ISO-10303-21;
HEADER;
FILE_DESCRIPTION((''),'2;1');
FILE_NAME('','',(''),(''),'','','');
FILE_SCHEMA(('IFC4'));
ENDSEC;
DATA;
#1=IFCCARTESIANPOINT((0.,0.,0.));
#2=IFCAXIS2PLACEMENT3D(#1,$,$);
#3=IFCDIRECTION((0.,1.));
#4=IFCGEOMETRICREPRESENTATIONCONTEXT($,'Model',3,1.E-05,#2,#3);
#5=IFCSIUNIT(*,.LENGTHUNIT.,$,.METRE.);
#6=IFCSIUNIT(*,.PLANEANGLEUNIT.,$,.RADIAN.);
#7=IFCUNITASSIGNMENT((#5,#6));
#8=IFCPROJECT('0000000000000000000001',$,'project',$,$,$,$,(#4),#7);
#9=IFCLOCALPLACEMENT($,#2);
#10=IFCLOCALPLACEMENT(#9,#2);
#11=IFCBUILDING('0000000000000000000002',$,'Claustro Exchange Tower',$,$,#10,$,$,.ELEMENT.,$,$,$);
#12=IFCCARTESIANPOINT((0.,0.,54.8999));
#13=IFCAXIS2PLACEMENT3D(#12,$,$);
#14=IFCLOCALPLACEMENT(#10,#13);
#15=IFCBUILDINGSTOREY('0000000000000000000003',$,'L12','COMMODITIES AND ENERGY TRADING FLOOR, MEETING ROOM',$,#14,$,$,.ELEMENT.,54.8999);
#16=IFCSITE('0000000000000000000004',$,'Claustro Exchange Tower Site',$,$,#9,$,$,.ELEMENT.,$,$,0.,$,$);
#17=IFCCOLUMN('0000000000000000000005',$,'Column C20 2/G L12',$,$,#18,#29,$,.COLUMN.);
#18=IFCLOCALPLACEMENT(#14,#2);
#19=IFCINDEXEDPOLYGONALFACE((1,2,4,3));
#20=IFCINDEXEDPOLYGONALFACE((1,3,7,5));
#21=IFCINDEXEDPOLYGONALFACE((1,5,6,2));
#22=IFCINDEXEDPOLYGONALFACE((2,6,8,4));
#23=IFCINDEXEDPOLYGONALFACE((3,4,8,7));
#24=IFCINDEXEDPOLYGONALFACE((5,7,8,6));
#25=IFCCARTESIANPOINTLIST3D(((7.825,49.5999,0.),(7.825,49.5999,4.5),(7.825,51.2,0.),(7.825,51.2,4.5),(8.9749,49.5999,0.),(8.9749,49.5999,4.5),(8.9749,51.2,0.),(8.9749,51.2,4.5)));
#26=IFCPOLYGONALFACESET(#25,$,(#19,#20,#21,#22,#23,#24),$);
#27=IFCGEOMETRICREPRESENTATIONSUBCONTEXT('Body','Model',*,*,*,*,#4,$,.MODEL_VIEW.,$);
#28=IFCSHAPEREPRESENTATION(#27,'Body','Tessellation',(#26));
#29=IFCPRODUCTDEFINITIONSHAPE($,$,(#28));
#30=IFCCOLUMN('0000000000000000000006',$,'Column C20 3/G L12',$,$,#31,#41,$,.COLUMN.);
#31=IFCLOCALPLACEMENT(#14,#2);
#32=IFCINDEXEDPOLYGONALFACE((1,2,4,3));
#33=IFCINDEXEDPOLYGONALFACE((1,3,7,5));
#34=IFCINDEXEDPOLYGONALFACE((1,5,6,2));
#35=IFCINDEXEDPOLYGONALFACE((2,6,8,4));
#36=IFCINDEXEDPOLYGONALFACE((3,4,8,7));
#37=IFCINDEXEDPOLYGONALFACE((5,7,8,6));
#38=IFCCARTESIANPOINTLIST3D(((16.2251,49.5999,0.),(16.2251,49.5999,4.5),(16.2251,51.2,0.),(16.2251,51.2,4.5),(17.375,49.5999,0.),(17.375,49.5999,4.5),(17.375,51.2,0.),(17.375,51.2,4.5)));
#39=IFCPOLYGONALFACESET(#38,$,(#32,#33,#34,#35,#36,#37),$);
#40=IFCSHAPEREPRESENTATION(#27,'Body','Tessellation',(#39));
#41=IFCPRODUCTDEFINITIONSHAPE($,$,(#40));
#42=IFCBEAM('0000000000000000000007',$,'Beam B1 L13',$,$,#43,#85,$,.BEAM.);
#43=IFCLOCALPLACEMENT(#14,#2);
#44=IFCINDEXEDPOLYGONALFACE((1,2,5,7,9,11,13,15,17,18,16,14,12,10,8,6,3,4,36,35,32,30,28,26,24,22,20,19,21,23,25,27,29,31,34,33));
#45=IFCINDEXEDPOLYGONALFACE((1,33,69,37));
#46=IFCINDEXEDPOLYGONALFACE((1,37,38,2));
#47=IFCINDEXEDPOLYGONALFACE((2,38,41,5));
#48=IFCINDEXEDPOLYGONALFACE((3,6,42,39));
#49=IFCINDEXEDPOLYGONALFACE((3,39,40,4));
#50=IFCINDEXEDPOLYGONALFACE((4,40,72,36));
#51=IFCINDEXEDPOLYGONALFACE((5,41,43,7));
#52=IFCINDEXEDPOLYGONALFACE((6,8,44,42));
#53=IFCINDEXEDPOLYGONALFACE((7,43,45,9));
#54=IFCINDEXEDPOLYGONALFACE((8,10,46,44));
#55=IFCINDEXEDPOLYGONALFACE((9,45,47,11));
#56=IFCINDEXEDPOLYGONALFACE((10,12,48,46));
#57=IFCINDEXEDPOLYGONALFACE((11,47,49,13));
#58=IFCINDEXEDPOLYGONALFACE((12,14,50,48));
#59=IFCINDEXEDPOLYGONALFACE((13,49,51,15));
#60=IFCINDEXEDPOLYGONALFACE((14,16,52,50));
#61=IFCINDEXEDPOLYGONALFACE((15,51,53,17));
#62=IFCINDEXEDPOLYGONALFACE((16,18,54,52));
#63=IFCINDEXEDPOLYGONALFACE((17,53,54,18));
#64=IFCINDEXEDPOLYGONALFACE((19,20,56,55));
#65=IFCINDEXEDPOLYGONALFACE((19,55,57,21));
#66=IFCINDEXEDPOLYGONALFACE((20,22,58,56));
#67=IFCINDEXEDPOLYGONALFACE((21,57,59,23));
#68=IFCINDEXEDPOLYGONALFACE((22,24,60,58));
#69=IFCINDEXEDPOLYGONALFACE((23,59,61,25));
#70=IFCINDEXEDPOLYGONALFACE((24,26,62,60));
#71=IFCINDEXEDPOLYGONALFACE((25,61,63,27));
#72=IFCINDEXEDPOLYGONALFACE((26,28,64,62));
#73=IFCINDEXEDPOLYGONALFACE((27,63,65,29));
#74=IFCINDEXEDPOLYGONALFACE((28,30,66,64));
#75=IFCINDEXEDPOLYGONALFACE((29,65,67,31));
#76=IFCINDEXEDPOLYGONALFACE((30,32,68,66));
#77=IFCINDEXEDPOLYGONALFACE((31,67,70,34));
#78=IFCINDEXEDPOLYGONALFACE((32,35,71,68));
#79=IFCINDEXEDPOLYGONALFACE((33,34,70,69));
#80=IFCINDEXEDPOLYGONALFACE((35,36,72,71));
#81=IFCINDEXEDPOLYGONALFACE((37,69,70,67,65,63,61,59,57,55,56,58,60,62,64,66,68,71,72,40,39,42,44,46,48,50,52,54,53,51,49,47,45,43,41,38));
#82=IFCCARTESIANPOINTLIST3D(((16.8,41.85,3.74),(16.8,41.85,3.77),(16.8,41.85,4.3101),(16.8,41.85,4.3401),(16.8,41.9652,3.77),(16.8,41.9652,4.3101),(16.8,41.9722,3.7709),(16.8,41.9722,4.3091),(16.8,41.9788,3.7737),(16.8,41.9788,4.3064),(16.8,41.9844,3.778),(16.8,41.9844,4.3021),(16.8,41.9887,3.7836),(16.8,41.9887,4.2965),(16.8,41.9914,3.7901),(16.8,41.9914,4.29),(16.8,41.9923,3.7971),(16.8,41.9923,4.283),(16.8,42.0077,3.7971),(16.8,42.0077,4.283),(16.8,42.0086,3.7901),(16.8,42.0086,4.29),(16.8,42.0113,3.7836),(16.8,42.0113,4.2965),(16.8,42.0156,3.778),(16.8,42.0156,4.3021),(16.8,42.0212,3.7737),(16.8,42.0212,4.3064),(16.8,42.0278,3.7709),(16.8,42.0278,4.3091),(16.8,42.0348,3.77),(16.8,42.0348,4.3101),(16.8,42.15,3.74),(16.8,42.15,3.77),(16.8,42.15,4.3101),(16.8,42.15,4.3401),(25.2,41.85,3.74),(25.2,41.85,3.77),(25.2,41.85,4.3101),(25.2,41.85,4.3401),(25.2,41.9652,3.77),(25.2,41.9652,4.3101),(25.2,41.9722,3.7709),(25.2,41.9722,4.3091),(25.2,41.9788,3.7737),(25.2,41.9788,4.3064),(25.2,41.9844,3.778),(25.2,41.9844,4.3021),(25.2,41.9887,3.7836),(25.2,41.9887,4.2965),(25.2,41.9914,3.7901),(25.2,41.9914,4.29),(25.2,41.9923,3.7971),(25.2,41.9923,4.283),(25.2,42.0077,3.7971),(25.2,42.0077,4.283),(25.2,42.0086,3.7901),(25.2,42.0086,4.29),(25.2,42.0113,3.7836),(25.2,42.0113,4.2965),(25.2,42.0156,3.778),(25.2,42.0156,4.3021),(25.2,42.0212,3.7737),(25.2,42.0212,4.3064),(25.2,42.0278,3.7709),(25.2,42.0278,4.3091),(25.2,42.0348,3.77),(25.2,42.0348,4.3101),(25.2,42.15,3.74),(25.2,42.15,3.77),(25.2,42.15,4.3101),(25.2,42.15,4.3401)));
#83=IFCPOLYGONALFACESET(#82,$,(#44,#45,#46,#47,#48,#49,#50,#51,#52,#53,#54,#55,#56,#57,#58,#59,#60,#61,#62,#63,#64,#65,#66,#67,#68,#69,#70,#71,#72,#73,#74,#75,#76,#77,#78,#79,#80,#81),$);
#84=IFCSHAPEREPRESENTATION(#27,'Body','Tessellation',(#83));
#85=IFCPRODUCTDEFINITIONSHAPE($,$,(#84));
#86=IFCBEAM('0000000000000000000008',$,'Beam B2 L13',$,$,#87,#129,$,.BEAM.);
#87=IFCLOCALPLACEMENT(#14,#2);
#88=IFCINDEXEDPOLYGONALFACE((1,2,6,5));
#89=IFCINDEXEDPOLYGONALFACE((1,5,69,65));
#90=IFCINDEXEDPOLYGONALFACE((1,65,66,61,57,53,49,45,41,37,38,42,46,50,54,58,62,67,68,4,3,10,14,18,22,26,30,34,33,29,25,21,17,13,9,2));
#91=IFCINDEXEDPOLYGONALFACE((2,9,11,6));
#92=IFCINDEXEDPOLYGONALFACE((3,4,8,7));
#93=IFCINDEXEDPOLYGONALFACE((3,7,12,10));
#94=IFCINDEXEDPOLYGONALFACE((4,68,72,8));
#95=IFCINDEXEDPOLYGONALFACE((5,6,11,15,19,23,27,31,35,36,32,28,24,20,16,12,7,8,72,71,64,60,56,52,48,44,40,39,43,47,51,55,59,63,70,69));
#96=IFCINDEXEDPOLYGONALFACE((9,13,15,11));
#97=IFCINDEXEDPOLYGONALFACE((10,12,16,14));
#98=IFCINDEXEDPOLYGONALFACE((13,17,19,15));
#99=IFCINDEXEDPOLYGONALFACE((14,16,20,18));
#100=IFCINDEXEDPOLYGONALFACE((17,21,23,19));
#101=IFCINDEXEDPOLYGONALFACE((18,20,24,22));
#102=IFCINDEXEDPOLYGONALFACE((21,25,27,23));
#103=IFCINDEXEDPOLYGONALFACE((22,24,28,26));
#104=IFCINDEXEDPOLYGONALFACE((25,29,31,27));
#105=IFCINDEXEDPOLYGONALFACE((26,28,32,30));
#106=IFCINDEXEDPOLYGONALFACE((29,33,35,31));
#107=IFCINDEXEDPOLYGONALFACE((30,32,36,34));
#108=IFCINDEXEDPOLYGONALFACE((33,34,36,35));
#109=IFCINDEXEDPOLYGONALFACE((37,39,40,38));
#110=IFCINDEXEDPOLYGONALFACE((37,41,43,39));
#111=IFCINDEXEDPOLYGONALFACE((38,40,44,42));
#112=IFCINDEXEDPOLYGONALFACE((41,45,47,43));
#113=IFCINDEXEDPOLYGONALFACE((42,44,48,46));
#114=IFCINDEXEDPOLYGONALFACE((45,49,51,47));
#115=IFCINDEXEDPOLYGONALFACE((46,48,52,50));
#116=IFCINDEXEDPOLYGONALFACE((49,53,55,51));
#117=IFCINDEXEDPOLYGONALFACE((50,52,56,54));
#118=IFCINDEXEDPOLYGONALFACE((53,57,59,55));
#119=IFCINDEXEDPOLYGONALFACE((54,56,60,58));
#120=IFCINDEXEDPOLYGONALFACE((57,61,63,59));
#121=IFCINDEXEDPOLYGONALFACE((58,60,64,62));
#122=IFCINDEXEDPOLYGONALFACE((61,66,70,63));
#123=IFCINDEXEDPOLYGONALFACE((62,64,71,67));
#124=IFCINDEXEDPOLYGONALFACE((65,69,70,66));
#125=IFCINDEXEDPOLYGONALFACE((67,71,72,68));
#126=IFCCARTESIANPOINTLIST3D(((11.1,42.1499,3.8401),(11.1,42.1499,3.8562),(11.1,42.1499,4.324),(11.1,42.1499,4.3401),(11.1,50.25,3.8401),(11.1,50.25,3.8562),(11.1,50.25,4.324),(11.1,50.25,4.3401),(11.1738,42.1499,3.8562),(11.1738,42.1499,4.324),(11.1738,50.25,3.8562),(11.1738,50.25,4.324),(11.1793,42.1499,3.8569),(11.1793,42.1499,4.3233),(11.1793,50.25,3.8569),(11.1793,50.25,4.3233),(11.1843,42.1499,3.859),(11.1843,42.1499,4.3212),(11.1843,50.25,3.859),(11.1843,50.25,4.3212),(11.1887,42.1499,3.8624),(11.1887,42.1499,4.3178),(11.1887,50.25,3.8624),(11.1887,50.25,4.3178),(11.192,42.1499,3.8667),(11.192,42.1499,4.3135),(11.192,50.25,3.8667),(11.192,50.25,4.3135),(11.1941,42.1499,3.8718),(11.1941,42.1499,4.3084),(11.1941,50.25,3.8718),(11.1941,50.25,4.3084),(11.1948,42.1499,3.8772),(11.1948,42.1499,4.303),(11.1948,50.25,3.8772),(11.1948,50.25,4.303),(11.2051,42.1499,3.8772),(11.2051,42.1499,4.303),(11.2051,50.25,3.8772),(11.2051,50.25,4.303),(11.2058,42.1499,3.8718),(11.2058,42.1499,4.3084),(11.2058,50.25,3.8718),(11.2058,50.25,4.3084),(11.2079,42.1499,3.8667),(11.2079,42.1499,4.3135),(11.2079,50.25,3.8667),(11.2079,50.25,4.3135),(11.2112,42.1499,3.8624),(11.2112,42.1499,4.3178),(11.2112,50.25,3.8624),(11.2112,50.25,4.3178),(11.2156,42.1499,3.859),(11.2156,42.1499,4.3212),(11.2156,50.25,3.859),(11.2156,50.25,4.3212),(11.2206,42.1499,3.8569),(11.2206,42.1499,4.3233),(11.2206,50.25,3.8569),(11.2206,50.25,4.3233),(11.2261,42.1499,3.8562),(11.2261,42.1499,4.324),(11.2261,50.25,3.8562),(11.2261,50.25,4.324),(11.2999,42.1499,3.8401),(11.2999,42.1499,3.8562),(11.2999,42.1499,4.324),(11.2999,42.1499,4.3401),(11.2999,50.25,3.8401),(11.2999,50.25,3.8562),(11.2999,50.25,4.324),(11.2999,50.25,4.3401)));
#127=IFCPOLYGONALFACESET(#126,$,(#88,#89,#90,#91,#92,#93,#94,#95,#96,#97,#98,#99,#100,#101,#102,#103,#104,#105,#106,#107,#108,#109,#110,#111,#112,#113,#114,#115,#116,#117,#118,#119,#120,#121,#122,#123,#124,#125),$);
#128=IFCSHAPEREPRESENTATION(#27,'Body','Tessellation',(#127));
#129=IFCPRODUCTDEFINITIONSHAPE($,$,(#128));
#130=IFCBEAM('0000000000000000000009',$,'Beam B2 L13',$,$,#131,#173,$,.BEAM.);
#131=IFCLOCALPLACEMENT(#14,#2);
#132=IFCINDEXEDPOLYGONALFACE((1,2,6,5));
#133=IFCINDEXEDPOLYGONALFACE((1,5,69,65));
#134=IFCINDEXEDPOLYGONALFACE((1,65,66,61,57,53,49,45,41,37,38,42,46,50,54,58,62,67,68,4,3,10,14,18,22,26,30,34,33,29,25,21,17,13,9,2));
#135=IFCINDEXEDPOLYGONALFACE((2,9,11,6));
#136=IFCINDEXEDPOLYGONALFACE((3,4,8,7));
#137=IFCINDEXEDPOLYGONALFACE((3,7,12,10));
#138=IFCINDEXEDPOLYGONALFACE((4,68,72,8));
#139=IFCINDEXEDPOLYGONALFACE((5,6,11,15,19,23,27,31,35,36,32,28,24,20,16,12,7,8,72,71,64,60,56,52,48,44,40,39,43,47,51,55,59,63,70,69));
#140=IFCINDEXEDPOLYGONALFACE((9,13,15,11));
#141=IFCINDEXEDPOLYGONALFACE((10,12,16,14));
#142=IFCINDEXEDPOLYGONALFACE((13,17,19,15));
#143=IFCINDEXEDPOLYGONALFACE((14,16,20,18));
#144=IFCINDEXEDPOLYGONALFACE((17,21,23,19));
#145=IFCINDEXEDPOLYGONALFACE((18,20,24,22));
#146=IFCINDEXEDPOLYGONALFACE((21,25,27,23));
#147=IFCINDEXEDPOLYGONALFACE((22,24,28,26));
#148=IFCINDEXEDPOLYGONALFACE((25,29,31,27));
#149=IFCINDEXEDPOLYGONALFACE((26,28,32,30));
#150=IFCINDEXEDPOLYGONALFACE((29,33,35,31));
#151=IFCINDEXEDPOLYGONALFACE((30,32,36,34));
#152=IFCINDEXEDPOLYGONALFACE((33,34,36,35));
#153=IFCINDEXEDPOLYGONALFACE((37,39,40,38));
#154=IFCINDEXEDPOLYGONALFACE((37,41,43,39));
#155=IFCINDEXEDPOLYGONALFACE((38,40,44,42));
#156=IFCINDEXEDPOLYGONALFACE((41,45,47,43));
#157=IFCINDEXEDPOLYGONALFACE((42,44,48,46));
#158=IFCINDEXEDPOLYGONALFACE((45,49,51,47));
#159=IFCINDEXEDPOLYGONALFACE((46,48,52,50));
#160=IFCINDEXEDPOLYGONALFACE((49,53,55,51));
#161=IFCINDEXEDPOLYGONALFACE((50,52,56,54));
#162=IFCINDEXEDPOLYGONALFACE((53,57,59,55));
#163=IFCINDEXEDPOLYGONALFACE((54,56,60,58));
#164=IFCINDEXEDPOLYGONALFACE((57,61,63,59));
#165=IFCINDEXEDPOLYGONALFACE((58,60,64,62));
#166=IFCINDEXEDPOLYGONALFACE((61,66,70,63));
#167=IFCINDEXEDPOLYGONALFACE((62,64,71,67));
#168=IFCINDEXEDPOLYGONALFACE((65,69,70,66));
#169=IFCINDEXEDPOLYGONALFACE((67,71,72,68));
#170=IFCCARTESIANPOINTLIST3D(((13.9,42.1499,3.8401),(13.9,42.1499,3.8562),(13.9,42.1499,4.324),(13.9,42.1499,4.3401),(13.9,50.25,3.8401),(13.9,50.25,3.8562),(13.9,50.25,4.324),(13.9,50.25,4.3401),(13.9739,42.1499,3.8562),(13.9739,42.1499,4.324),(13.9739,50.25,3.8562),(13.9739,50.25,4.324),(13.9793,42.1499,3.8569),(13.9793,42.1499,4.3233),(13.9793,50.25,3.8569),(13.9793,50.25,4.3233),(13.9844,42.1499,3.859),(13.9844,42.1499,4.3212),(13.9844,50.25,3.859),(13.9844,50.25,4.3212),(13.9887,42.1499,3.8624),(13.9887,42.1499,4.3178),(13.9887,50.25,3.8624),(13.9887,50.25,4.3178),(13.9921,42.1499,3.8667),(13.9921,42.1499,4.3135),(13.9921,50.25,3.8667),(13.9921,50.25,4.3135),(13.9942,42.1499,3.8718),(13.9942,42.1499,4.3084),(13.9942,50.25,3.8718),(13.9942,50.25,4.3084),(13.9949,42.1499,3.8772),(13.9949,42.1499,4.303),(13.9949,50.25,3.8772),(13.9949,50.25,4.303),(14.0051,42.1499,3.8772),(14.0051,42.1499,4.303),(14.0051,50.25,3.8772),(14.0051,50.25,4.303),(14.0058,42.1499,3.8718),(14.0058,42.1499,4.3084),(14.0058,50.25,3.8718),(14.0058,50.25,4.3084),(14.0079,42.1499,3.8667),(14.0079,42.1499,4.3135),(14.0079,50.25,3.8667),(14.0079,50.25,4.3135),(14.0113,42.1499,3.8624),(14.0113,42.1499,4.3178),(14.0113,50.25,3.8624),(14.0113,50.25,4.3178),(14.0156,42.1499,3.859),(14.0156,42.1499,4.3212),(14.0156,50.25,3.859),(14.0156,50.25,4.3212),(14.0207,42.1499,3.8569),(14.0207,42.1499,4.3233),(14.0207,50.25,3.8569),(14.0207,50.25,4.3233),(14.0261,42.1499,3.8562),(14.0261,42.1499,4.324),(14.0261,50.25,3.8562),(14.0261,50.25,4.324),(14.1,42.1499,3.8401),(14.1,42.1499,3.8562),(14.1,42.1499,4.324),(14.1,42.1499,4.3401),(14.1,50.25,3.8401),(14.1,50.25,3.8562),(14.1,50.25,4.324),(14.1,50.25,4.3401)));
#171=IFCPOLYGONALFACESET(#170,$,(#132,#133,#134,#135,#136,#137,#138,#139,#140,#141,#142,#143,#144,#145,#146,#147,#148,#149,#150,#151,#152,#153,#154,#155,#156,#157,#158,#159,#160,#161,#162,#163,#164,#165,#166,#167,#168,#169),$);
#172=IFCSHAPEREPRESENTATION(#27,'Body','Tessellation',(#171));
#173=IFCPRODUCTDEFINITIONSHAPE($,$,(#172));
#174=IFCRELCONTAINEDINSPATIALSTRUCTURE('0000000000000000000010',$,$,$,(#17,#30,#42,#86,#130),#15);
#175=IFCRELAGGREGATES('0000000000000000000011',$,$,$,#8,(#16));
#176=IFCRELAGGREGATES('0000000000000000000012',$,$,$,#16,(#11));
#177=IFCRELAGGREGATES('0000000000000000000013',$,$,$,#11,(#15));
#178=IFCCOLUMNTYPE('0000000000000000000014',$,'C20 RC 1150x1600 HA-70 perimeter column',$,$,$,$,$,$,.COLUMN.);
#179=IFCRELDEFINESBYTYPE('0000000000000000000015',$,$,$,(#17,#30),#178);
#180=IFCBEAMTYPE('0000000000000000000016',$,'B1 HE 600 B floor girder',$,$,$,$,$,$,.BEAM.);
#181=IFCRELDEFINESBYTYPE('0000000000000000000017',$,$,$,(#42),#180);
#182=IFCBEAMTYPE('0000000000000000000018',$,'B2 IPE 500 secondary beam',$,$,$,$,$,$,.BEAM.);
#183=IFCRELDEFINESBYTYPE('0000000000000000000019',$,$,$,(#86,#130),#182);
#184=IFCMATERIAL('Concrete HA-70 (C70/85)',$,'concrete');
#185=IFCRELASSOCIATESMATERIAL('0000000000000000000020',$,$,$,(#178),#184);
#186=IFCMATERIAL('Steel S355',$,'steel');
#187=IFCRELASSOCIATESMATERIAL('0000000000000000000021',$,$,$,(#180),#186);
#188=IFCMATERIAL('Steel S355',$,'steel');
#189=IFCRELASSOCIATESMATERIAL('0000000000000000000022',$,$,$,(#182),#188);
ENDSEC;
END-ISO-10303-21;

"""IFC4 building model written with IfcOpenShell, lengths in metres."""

from ifc_helpers import new_model, si_unit, direction, frame, origin, origin_2d, place, context, subcontext, project, spatial, rectangle, i_section, extrude, material, material_profile, profile_set, type_object, element, save


model = new_model("IFC4")

# Units and contexts
model_context = context("Model", 3, precision=1e-05, world=origin(), true_north=direction((0.0, 1.0)))
body_context = subcontext(model_context, "Body", "Model", "MODEL_VIEW")
ifc_project = project(units=[si_unit("LENGTHUNIT", "METRE"), si_unit("PLANEANGLEUNIT", "RADIAN")], contexts=[model_context])

# Site, building, storey
site_placement = place(None, origin())
site = spatial("IfcSite", under=ifc_project, at=site_placement, Name="Claustro Exchange Tower Site", CompositionType="ELEMENT", RefElevation=0.0)
building_placement = place(site_placement, origin())
building = spatial("IfcBuilding", under=site, at=building_placement, Name="Claustro Exchange Tower", CompositionType="ELEMENT")
storey_placement = place(building_placement, frame((0.0, 0.0, 54.8999)))
storey = spatial("IfcBuildingStorey", under=building, at=storey_placement, Name="L12", Description="COMMODITIES AND ENERGY TRADING FLOOR, MEETING ROOM", CompositionType="ELEMENT", Elevation=54.8999)

# Columns
ifc_material_1 = material(Name="Concrete HA-70 (C70/85)", Category="concrete")
ifc_material_profile_1 = material_profile(ifc_material_1, rectangle(XDim=1.1499, YDim=1.6001, at=origin_2d()), Name="RC 1150x1600")
ifc_profile_set_1 = profile_set([ifc_material_profile_1], Name="Concrete HA-70 (C70/85)")
column_type = type_object("IfcColumnType", Name="C20 RC 1150x1600 HA-70 perimeter column", PredefinedType="COLUMN", material=ifc_profile_set_1)
for number, where, z_axis, x_axis, name in (
    (1, (8.3999, 50.3999, 0.0), (0.0, 0.0, 1.0), (1.0, 0.0, 0.0), "Column C20 2/G L12"),
    (2, (16.8, 50.3999, 0.0), (0.0, 0.0, 1.0), (1.0, 0.0, 0.0), "Column C20 3/G L12"),
):
    element("IfcColumn", number, at=place(storey_placement, frame(where, z_axis=z_axis, x_axis=x_axis)), inside=storey, type_object=column_type, Name=name, PredefinedType="COLUMN", context=body_context, shape_type="SweptSolid", body=[
        extrude(rectangle(XDim=1.1499, YDim=1.6001, at=origin_2d()), origin(), (0.0, 0.0, 1.0), 4.5),
    ])

# Beams
ifc_material_2 = material(Name="Steel S355", Category="steel")
ifc_material_profile_2 = material_profile(ifc_material_2, i_section(OverallWidth=0.3, OverallDepth=0.6001, WebThickness=0.0154, FlangeThickness=0.03, FilletRadius=0.0271, at=origin_2d()), Name="HE 600 B")
ifc_profile_set_2 = profile_set([ifc_material_profile_2], Name="Steel S355")
beam_type_1 = type_object("IfcBeamType", Name="B1 HE 600 B floor girder", PredefinedType="BEAM", material=ifc_profile_set_2)
beam_1_placement = place(storey_placement, frame((16.8, 42.0, 4.04), z_axis=(1.0, 0.0, 0.0), x_axis=(0.0, 1.0, 0.0)))
element("IfcBeam", 3, at=beam_1_placement, inside=storey, type_object=beam_type_1, Name="Beam B1 L13", PredefinedType="BEAM", context=body_context, shape_type="SweptSolid", body=[
    extrude(i_section(OverallWidth=0.3, OverallDepth=0.6001, WebThickness=0.0154, FlangeThickness=0.03, FilletRadius=0.0271, at=origin_2d()), origin(), (0.0, 0.0, 1.0), 8.3999),
])
ifc_material_3 = material(Name="Steel S355", Category="steel")
ifc_material_profile_3 = material_profile(ifc_material_3, i_section(OverallWidth=0.2, OverallDepth=0.5, WebThickness=0.0103, FlangeThickness=0.0161, FilletRadius=0.021, at=origin_2d()), Name="IPE 500")
ifc_profile_set_3 = profile_set([ifc_material_profile_3], Name="Steel S355")
beam_type_2 = type_object("IfcBeamType", Name="B2 IPE 500 secondary beam", PredefinedType="BEAM", material=ifc_profile_set_3)
for number, where, z_axis, x_axis, name in (
    (4, (11.2, 42.1499, 4.0901), (0.0, 1.0, 0.0), (-1.0, 0.0, 0.0), "Beam B2 L13"),
    (5, (14.0, 42.1499, 4.0901), (0.0, 1.0, 0.0), (-1.0, 0.0, 0.0), "Beam B2 L13"),
):
    element("IfcBeam", number, at=place(storey_placement, frame(where, z_axis=z_axis, x_axis=x_axis)), inside=storey, type_object=beam_type_2, Name=name, PredefinedType="BEAM", context=body_context, shape_type="SweptSolid", body=[
        extrude(i_section(OverallWidth=0.2, OverallDepth=0.5, WebThickness=0.0103, FlangeThickness=0.0161, FilletRadius=0.021, at=origin_2d()), origin(), (0.0, 0.0, 1.0), 8.1001),
    ])

save(model, "model.ifc")
